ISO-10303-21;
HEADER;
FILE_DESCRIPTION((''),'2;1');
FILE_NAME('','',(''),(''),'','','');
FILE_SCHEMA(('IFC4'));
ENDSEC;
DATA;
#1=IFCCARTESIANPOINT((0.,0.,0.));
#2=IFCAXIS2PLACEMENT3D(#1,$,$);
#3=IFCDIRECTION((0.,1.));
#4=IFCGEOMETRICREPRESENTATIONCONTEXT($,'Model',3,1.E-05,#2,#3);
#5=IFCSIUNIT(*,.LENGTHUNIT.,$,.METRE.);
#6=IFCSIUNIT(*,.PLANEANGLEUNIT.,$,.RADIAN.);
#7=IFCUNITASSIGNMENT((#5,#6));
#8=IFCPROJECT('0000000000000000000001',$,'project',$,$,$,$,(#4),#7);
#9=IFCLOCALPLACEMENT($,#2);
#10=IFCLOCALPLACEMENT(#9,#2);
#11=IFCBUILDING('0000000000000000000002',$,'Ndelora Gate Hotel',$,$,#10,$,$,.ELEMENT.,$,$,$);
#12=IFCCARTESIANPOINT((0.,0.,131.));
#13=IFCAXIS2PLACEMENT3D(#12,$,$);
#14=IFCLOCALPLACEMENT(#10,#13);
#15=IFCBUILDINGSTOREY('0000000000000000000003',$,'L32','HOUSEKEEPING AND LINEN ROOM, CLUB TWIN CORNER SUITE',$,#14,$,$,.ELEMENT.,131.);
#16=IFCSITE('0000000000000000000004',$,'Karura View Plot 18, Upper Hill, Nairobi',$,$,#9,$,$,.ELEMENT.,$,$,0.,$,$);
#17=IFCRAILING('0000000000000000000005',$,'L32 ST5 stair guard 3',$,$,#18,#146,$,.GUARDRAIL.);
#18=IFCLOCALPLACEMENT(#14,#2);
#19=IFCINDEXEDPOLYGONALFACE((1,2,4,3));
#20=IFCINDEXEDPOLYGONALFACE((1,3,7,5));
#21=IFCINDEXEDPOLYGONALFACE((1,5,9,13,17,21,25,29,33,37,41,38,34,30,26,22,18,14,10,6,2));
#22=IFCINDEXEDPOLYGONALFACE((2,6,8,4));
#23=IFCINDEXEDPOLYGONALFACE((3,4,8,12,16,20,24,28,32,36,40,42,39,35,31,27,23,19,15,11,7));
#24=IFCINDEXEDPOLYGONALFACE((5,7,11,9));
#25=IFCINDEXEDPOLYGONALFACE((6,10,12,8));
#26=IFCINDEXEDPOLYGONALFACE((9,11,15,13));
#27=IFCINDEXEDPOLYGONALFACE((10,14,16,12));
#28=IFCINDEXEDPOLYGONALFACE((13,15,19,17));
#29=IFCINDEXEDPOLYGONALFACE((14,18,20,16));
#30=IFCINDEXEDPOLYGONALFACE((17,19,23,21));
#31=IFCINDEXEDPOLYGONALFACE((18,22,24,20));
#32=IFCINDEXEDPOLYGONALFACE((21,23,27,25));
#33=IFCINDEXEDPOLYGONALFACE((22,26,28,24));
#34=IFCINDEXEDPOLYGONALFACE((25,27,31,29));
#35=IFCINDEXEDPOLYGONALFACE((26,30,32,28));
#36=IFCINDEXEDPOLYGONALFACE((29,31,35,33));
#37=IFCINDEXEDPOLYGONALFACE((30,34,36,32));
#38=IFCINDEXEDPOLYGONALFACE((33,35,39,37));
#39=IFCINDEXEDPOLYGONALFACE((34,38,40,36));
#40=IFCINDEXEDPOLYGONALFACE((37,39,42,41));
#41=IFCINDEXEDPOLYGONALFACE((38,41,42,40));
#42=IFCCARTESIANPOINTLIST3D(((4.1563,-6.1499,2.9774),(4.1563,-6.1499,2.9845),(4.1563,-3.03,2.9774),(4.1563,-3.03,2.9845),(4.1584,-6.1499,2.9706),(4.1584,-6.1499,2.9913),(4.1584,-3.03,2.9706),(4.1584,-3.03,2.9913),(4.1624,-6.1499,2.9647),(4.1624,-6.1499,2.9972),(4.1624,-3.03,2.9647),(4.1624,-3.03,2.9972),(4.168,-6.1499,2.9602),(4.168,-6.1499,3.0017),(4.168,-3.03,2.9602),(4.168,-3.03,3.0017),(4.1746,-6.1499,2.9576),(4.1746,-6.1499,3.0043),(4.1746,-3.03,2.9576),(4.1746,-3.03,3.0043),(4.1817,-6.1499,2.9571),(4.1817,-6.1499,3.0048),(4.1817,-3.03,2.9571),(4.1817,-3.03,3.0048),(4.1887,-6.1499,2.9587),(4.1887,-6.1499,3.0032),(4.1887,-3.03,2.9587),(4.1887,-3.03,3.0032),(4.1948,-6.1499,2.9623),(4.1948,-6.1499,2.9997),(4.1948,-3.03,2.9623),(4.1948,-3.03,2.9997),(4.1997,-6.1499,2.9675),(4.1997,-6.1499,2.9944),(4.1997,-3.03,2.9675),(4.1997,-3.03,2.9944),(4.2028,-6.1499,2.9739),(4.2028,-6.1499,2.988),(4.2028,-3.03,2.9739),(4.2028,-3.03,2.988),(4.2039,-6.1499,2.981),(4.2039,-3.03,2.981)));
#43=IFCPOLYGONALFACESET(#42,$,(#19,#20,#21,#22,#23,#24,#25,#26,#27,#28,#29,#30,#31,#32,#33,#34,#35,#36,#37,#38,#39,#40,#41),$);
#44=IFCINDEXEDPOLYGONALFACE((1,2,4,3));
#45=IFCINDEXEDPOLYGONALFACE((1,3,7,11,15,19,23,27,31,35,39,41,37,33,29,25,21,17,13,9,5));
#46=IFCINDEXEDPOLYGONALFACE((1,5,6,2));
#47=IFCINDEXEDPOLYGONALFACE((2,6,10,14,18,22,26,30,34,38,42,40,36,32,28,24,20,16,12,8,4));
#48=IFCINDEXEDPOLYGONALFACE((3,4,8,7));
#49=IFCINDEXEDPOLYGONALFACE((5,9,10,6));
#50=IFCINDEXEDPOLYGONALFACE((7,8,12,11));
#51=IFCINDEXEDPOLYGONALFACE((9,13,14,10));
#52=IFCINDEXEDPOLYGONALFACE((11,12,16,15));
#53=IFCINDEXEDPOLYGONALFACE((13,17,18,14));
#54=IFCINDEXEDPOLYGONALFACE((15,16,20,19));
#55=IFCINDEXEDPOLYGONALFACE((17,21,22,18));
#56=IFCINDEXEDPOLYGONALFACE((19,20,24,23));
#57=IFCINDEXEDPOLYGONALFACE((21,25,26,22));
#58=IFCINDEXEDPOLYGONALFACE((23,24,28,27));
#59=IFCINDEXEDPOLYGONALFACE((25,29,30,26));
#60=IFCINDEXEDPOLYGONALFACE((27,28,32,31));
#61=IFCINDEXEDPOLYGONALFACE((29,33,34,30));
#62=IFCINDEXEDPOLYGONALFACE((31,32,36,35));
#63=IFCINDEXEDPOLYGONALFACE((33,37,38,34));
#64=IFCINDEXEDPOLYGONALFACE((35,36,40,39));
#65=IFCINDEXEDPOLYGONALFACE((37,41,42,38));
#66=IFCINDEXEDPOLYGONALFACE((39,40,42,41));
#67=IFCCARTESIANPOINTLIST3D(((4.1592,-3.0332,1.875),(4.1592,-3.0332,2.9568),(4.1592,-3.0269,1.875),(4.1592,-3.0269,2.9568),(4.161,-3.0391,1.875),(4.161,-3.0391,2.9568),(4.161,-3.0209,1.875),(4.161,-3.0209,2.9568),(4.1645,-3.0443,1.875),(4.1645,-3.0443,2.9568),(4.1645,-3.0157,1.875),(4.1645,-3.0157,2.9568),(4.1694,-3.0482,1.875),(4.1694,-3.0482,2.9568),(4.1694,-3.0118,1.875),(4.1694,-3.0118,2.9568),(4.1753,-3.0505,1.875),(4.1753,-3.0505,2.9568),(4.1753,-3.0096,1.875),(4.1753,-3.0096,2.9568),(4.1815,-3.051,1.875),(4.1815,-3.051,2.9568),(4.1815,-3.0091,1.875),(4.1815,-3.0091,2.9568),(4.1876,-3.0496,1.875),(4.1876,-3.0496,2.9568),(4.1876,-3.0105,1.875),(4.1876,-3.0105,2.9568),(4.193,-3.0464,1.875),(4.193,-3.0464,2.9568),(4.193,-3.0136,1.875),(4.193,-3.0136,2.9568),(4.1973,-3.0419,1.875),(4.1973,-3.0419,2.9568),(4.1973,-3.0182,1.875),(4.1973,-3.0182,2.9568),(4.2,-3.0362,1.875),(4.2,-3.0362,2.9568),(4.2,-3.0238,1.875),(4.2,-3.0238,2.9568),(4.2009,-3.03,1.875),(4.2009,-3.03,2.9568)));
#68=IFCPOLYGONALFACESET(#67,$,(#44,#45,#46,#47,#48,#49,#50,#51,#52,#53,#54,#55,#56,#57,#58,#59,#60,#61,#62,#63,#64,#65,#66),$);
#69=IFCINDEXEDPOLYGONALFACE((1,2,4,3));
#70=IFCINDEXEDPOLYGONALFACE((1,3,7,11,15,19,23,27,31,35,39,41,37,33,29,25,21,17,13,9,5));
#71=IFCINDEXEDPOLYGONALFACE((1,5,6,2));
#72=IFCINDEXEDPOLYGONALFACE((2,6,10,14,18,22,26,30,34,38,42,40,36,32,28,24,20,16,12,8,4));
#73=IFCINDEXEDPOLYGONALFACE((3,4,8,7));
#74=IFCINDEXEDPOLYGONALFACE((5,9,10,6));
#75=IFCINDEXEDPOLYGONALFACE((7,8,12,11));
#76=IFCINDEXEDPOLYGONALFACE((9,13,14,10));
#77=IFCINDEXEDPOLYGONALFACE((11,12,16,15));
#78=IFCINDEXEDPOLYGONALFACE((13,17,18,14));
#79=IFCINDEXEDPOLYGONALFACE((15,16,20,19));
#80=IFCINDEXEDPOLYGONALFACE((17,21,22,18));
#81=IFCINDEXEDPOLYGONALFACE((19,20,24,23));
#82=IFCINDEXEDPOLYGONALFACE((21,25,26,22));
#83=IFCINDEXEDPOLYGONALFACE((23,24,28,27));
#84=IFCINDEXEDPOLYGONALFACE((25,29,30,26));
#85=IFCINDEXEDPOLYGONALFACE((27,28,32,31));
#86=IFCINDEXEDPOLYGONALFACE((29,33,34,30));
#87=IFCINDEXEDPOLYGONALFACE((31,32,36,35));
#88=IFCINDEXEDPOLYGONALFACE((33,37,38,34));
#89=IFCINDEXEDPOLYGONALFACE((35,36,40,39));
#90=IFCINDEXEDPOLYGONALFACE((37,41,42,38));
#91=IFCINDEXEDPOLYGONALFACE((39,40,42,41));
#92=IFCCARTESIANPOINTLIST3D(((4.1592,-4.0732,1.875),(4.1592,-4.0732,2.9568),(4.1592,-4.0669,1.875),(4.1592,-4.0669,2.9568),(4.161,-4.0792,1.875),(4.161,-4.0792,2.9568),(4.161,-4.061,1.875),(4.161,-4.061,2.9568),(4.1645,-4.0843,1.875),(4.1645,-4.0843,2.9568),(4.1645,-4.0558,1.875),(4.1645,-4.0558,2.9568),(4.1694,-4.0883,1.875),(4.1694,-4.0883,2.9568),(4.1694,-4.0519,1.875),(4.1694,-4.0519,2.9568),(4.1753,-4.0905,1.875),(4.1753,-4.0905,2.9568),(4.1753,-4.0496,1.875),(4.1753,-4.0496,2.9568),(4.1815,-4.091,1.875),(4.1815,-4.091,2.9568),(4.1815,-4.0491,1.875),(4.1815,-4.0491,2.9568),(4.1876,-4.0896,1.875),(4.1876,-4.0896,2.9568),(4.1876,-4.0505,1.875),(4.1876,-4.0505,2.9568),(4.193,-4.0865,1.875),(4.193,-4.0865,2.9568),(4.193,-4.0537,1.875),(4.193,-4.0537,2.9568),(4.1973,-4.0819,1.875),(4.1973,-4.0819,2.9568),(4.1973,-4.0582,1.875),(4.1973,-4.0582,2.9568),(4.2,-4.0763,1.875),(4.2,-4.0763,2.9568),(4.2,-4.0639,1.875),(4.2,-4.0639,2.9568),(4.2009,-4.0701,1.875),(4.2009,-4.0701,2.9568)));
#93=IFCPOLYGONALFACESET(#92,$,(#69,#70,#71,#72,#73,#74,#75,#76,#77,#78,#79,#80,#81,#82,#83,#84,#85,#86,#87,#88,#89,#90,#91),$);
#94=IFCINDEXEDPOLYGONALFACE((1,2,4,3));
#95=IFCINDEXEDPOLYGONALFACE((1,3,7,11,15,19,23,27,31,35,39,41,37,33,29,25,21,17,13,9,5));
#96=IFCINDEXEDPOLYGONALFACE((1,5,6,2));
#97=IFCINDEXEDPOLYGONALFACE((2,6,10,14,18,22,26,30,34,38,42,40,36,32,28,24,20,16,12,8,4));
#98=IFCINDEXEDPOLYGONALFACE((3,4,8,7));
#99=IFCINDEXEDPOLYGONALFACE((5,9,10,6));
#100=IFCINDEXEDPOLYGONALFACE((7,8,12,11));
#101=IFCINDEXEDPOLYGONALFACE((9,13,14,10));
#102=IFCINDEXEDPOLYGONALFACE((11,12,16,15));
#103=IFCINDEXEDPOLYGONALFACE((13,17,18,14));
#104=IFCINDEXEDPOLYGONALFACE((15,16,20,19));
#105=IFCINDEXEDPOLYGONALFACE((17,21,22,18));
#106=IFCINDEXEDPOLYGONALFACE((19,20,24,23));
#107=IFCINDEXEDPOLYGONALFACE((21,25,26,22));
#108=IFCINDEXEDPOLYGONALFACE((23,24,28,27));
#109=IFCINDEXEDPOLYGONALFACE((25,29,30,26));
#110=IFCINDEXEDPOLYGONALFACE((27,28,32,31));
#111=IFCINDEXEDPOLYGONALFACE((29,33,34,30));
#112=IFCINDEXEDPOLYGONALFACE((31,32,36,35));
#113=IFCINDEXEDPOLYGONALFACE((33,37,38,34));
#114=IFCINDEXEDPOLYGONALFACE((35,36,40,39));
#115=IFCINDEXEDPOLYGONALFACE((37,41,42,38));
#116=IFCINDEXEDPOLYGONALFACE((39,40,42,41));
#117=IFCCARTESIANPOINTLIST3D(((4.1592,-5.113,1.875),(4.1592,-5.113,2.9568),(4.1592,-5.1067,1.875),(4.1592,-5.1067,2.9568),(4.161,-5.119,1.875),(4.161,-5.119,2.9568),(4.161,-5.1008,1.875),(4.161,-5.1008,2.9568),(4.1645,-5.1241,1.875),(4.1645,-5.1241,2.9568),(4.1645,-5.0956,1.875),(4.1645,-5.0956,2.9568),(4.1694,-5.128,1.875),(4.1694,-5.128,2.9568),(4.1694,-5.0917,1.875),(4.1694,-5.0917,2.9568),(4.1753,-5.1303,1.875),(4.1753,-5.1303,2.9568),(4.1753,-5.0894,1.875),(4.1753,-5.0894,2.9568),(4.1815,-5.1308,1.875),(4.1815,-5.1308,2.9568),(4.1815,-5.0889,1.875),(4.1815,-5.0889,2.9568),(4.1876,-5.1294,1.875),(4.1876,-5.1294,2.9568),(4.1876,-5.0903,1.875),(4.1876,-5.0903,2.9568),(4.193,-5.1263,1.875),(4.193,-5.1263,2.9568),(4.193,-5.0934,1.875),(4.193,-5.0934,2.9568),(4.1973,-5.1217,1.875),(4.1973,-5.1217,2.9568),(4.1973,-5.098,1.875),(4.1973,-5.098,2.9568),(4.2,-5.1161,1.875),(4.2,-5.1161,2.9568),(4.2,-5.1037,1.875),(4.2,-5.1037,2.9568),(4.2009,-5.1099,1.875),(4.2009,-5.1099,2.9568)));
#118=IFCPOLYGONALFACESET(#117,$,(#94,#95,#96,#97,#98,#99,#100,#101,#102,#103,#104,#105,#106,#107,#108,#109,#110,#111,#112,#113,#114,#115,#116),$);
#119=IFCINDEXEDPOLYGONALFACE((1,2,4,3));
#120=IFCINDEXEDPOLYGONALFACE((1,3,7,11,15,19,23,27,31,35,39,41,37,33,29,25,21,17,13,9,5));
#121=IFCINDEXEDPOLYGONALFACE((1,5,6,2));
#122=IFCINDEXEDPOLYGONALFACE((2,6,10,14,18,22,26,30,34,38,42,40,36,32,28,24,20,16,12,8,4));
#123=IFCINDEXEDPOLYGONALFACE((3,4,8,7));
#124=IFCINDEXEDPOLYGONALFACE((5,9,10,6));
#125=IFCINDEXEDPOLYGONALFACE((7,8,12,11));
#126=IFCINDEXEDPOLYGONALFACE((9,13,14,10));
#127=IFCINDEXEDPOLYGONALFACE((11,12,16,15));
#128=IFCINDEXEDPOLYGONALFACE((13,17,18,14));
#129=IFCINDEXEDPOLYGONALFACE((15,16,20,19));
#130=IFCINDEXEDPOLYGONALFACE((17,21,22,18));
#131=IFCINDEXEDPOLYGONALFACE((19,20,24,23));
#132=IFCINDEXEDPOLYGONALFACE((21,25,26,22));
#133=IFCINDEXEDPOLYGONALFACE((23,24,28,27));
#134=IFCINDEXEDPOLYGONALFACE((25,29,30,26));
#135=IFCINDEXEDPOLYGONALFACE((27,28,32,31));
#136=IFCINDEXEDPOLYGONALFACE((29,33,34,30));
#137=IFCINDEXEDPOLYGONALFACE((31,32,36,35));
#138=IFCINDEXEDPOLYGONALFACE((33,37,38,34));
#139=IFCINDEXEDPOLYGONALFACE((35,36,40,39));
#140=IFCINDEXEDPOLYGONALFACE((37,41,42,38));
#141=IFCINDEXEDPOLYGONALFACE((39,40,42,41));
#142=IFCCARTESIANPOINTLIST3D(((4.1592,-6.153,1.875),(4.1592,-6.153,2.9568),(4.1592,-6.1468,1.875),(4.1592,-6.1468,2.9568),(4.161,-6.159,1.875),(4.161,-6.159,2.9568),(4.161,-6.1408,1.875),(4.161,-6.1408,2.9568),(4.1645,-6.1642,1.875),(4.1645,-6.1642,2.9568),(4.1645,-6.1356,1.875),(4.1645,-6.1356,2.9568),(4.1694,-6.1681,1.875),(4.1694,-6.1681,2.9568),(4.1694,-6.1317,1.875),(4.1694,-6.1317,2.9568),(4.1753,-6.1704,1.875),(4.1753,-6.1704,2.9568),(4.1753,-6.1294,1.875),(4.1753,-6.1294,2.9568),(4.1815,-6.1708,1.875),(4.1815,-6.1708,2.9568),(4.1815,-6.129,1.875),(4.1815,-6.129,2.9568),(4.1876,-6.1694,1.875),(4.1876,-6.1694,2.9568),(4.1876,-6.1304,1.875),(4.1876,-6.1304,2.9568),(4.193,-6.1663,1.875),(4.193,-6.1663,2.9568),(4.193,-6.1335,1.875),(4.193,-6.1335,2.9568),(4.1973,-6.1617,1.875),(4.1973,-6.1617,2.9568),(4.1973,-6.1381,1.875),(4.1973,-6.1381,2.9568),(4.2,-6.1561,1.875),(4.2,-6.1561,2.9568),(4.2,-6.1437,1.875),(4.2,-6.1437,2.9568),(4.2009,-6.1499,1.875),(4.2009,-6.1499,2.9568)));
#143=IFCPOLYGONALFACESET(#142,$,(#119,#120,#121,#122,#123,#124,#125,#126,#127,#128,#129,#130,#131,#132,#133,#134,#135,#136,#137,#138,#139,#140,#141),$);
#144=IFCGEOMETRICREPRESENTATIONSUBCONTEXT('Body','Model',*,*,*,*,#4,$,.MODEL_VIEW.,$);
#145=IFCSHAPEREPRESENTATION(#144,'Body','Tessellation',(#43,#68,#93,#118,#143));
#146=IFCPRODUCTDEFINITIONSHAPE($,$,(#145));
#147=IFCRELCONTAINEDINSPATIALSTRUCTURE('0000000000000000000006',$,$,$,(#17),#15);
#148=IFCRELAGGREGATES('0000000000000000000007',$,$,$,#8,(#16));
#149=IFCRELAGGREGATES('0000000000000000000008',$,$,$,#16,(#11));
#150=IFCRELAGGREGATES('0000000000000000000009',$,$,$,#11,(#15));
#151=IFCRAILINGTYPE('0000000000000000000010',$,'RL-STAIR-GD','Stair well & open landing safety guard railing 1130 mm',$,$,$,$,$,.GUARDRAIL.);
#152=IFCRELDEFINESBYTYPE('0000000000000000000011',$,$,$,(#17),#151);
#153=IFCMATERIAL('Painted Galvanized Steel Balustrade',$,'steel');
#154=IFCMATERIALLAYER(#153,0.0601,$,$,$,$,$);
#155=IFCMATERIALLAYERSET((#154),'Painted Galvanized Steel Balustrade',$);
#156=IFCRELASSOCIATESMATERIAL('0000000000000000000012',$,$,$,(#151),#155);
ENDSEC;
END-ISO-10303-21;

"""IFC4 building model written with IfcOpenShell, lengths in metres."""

from ifc_helpers import new_model, si_unit, direction, frame, origin, origin_2d, place, context, subcontext, project, spatial, circle, extrude, material, layer, layer_set, type_object, element, save


model = new_model("IFC4")

# Units and contexts
model_context = context("Model", 3, precision=1e-05, world=origin(), true_north=direction((0.0, 1.0)))
body_context = subcontext(model_context, "Body", "Model", "MODEL_VIEW")
ifc_project = project(units=[si_unit("LENGTHUNIT", "METRE"), si_unit("PLANEANGLEUNIT", "RADIAN")], contexts=[model_context])

# Site, building, storey
site_placement = place(None, origin())
site = spatial("IfcSite", under=ifc_project, at=site_placement, Name="Karura View Plot 18, Upper Hill, Nairobi", CompositionType="ELEMENT", RefElevation=0.0)
building_placement = place(site_placement, origin())
building = spatial("IfcBuilding", under=site, at=building_placement, Name="Ndelora Gate Hotel", CompositionType="ELEMENT")
storey_placement = place(building_placement, frame((0.0, 0.0, 131.0)))
storey = spatial("IfcBuildingStorey", under=building, at=storey_placement, Name="L32", Description="HOUSEKEEPING AND LINEN ROOM, CLUB TWIN CORNER SUITE", CompositionType="ELEMENT", Elevation=131.0)

# Railing
ifc_material_1 = material(Name="Painted Galvanized Steel Balustrade", Category="steel")
ifc_layer_1 = layer(ifc_material_1, 0.0601)
ifc_layer_set_1 = layer_set([ifc_layer_1], Name="Painted Galvanized Steel Balustrade")
railing_type_1 = type_object("IfcRailingType", Name="RL-STAIR-GD", Description="Stair well & open landing safety guard railing 1130 mm", PredefinedType="GUARDRAIL", material=ifc_layer_set_1)
railing_1_placement = place(storey_placement, frame((4.1799, -3.03, 1.875)))
element("IfcRailing", 1, at=railing_1_placement, inside=storey, type_object=railing_type_1, Name="L32 ST5 stair guard 3", PredefinedType="GUARDRAIL", context=body_context, shape_type="SweptSolid", body=[
    extrude(circle(Radius=0.0239, at=origin_2d()), frame((0.0, 0.0, 1.106), z_axis=(0.0, -1.0, 0.0), x_axis=(1.0, 0.0, 0.0)), (0.0, 0.0, 1.0), 3.1199),
    extrude(circle(Radius=0.021, at=origin_2d()), origin(), (0.0, 0.0, 1.0), 1.0818),
    extrude(circle(Radius=0.021, at=origin_2d()), frame((0.0, -1.04, 0.0)), (0.0, 0.0, 1.0), 1.0818),
    extrude(circle(Radius=0.021, at=origin_2d()), frame((0.0, -2.0798, 0.0)), (0.0, 0.0, 1.0), 1.0818),
    extrude(circle(Radius=0.021, at=origin_2d()), frame((0.0, -3.1199, 0.0)), (0.0, 0.0, 1.0), 1.0818),
])

save(model, "model.ifc")
